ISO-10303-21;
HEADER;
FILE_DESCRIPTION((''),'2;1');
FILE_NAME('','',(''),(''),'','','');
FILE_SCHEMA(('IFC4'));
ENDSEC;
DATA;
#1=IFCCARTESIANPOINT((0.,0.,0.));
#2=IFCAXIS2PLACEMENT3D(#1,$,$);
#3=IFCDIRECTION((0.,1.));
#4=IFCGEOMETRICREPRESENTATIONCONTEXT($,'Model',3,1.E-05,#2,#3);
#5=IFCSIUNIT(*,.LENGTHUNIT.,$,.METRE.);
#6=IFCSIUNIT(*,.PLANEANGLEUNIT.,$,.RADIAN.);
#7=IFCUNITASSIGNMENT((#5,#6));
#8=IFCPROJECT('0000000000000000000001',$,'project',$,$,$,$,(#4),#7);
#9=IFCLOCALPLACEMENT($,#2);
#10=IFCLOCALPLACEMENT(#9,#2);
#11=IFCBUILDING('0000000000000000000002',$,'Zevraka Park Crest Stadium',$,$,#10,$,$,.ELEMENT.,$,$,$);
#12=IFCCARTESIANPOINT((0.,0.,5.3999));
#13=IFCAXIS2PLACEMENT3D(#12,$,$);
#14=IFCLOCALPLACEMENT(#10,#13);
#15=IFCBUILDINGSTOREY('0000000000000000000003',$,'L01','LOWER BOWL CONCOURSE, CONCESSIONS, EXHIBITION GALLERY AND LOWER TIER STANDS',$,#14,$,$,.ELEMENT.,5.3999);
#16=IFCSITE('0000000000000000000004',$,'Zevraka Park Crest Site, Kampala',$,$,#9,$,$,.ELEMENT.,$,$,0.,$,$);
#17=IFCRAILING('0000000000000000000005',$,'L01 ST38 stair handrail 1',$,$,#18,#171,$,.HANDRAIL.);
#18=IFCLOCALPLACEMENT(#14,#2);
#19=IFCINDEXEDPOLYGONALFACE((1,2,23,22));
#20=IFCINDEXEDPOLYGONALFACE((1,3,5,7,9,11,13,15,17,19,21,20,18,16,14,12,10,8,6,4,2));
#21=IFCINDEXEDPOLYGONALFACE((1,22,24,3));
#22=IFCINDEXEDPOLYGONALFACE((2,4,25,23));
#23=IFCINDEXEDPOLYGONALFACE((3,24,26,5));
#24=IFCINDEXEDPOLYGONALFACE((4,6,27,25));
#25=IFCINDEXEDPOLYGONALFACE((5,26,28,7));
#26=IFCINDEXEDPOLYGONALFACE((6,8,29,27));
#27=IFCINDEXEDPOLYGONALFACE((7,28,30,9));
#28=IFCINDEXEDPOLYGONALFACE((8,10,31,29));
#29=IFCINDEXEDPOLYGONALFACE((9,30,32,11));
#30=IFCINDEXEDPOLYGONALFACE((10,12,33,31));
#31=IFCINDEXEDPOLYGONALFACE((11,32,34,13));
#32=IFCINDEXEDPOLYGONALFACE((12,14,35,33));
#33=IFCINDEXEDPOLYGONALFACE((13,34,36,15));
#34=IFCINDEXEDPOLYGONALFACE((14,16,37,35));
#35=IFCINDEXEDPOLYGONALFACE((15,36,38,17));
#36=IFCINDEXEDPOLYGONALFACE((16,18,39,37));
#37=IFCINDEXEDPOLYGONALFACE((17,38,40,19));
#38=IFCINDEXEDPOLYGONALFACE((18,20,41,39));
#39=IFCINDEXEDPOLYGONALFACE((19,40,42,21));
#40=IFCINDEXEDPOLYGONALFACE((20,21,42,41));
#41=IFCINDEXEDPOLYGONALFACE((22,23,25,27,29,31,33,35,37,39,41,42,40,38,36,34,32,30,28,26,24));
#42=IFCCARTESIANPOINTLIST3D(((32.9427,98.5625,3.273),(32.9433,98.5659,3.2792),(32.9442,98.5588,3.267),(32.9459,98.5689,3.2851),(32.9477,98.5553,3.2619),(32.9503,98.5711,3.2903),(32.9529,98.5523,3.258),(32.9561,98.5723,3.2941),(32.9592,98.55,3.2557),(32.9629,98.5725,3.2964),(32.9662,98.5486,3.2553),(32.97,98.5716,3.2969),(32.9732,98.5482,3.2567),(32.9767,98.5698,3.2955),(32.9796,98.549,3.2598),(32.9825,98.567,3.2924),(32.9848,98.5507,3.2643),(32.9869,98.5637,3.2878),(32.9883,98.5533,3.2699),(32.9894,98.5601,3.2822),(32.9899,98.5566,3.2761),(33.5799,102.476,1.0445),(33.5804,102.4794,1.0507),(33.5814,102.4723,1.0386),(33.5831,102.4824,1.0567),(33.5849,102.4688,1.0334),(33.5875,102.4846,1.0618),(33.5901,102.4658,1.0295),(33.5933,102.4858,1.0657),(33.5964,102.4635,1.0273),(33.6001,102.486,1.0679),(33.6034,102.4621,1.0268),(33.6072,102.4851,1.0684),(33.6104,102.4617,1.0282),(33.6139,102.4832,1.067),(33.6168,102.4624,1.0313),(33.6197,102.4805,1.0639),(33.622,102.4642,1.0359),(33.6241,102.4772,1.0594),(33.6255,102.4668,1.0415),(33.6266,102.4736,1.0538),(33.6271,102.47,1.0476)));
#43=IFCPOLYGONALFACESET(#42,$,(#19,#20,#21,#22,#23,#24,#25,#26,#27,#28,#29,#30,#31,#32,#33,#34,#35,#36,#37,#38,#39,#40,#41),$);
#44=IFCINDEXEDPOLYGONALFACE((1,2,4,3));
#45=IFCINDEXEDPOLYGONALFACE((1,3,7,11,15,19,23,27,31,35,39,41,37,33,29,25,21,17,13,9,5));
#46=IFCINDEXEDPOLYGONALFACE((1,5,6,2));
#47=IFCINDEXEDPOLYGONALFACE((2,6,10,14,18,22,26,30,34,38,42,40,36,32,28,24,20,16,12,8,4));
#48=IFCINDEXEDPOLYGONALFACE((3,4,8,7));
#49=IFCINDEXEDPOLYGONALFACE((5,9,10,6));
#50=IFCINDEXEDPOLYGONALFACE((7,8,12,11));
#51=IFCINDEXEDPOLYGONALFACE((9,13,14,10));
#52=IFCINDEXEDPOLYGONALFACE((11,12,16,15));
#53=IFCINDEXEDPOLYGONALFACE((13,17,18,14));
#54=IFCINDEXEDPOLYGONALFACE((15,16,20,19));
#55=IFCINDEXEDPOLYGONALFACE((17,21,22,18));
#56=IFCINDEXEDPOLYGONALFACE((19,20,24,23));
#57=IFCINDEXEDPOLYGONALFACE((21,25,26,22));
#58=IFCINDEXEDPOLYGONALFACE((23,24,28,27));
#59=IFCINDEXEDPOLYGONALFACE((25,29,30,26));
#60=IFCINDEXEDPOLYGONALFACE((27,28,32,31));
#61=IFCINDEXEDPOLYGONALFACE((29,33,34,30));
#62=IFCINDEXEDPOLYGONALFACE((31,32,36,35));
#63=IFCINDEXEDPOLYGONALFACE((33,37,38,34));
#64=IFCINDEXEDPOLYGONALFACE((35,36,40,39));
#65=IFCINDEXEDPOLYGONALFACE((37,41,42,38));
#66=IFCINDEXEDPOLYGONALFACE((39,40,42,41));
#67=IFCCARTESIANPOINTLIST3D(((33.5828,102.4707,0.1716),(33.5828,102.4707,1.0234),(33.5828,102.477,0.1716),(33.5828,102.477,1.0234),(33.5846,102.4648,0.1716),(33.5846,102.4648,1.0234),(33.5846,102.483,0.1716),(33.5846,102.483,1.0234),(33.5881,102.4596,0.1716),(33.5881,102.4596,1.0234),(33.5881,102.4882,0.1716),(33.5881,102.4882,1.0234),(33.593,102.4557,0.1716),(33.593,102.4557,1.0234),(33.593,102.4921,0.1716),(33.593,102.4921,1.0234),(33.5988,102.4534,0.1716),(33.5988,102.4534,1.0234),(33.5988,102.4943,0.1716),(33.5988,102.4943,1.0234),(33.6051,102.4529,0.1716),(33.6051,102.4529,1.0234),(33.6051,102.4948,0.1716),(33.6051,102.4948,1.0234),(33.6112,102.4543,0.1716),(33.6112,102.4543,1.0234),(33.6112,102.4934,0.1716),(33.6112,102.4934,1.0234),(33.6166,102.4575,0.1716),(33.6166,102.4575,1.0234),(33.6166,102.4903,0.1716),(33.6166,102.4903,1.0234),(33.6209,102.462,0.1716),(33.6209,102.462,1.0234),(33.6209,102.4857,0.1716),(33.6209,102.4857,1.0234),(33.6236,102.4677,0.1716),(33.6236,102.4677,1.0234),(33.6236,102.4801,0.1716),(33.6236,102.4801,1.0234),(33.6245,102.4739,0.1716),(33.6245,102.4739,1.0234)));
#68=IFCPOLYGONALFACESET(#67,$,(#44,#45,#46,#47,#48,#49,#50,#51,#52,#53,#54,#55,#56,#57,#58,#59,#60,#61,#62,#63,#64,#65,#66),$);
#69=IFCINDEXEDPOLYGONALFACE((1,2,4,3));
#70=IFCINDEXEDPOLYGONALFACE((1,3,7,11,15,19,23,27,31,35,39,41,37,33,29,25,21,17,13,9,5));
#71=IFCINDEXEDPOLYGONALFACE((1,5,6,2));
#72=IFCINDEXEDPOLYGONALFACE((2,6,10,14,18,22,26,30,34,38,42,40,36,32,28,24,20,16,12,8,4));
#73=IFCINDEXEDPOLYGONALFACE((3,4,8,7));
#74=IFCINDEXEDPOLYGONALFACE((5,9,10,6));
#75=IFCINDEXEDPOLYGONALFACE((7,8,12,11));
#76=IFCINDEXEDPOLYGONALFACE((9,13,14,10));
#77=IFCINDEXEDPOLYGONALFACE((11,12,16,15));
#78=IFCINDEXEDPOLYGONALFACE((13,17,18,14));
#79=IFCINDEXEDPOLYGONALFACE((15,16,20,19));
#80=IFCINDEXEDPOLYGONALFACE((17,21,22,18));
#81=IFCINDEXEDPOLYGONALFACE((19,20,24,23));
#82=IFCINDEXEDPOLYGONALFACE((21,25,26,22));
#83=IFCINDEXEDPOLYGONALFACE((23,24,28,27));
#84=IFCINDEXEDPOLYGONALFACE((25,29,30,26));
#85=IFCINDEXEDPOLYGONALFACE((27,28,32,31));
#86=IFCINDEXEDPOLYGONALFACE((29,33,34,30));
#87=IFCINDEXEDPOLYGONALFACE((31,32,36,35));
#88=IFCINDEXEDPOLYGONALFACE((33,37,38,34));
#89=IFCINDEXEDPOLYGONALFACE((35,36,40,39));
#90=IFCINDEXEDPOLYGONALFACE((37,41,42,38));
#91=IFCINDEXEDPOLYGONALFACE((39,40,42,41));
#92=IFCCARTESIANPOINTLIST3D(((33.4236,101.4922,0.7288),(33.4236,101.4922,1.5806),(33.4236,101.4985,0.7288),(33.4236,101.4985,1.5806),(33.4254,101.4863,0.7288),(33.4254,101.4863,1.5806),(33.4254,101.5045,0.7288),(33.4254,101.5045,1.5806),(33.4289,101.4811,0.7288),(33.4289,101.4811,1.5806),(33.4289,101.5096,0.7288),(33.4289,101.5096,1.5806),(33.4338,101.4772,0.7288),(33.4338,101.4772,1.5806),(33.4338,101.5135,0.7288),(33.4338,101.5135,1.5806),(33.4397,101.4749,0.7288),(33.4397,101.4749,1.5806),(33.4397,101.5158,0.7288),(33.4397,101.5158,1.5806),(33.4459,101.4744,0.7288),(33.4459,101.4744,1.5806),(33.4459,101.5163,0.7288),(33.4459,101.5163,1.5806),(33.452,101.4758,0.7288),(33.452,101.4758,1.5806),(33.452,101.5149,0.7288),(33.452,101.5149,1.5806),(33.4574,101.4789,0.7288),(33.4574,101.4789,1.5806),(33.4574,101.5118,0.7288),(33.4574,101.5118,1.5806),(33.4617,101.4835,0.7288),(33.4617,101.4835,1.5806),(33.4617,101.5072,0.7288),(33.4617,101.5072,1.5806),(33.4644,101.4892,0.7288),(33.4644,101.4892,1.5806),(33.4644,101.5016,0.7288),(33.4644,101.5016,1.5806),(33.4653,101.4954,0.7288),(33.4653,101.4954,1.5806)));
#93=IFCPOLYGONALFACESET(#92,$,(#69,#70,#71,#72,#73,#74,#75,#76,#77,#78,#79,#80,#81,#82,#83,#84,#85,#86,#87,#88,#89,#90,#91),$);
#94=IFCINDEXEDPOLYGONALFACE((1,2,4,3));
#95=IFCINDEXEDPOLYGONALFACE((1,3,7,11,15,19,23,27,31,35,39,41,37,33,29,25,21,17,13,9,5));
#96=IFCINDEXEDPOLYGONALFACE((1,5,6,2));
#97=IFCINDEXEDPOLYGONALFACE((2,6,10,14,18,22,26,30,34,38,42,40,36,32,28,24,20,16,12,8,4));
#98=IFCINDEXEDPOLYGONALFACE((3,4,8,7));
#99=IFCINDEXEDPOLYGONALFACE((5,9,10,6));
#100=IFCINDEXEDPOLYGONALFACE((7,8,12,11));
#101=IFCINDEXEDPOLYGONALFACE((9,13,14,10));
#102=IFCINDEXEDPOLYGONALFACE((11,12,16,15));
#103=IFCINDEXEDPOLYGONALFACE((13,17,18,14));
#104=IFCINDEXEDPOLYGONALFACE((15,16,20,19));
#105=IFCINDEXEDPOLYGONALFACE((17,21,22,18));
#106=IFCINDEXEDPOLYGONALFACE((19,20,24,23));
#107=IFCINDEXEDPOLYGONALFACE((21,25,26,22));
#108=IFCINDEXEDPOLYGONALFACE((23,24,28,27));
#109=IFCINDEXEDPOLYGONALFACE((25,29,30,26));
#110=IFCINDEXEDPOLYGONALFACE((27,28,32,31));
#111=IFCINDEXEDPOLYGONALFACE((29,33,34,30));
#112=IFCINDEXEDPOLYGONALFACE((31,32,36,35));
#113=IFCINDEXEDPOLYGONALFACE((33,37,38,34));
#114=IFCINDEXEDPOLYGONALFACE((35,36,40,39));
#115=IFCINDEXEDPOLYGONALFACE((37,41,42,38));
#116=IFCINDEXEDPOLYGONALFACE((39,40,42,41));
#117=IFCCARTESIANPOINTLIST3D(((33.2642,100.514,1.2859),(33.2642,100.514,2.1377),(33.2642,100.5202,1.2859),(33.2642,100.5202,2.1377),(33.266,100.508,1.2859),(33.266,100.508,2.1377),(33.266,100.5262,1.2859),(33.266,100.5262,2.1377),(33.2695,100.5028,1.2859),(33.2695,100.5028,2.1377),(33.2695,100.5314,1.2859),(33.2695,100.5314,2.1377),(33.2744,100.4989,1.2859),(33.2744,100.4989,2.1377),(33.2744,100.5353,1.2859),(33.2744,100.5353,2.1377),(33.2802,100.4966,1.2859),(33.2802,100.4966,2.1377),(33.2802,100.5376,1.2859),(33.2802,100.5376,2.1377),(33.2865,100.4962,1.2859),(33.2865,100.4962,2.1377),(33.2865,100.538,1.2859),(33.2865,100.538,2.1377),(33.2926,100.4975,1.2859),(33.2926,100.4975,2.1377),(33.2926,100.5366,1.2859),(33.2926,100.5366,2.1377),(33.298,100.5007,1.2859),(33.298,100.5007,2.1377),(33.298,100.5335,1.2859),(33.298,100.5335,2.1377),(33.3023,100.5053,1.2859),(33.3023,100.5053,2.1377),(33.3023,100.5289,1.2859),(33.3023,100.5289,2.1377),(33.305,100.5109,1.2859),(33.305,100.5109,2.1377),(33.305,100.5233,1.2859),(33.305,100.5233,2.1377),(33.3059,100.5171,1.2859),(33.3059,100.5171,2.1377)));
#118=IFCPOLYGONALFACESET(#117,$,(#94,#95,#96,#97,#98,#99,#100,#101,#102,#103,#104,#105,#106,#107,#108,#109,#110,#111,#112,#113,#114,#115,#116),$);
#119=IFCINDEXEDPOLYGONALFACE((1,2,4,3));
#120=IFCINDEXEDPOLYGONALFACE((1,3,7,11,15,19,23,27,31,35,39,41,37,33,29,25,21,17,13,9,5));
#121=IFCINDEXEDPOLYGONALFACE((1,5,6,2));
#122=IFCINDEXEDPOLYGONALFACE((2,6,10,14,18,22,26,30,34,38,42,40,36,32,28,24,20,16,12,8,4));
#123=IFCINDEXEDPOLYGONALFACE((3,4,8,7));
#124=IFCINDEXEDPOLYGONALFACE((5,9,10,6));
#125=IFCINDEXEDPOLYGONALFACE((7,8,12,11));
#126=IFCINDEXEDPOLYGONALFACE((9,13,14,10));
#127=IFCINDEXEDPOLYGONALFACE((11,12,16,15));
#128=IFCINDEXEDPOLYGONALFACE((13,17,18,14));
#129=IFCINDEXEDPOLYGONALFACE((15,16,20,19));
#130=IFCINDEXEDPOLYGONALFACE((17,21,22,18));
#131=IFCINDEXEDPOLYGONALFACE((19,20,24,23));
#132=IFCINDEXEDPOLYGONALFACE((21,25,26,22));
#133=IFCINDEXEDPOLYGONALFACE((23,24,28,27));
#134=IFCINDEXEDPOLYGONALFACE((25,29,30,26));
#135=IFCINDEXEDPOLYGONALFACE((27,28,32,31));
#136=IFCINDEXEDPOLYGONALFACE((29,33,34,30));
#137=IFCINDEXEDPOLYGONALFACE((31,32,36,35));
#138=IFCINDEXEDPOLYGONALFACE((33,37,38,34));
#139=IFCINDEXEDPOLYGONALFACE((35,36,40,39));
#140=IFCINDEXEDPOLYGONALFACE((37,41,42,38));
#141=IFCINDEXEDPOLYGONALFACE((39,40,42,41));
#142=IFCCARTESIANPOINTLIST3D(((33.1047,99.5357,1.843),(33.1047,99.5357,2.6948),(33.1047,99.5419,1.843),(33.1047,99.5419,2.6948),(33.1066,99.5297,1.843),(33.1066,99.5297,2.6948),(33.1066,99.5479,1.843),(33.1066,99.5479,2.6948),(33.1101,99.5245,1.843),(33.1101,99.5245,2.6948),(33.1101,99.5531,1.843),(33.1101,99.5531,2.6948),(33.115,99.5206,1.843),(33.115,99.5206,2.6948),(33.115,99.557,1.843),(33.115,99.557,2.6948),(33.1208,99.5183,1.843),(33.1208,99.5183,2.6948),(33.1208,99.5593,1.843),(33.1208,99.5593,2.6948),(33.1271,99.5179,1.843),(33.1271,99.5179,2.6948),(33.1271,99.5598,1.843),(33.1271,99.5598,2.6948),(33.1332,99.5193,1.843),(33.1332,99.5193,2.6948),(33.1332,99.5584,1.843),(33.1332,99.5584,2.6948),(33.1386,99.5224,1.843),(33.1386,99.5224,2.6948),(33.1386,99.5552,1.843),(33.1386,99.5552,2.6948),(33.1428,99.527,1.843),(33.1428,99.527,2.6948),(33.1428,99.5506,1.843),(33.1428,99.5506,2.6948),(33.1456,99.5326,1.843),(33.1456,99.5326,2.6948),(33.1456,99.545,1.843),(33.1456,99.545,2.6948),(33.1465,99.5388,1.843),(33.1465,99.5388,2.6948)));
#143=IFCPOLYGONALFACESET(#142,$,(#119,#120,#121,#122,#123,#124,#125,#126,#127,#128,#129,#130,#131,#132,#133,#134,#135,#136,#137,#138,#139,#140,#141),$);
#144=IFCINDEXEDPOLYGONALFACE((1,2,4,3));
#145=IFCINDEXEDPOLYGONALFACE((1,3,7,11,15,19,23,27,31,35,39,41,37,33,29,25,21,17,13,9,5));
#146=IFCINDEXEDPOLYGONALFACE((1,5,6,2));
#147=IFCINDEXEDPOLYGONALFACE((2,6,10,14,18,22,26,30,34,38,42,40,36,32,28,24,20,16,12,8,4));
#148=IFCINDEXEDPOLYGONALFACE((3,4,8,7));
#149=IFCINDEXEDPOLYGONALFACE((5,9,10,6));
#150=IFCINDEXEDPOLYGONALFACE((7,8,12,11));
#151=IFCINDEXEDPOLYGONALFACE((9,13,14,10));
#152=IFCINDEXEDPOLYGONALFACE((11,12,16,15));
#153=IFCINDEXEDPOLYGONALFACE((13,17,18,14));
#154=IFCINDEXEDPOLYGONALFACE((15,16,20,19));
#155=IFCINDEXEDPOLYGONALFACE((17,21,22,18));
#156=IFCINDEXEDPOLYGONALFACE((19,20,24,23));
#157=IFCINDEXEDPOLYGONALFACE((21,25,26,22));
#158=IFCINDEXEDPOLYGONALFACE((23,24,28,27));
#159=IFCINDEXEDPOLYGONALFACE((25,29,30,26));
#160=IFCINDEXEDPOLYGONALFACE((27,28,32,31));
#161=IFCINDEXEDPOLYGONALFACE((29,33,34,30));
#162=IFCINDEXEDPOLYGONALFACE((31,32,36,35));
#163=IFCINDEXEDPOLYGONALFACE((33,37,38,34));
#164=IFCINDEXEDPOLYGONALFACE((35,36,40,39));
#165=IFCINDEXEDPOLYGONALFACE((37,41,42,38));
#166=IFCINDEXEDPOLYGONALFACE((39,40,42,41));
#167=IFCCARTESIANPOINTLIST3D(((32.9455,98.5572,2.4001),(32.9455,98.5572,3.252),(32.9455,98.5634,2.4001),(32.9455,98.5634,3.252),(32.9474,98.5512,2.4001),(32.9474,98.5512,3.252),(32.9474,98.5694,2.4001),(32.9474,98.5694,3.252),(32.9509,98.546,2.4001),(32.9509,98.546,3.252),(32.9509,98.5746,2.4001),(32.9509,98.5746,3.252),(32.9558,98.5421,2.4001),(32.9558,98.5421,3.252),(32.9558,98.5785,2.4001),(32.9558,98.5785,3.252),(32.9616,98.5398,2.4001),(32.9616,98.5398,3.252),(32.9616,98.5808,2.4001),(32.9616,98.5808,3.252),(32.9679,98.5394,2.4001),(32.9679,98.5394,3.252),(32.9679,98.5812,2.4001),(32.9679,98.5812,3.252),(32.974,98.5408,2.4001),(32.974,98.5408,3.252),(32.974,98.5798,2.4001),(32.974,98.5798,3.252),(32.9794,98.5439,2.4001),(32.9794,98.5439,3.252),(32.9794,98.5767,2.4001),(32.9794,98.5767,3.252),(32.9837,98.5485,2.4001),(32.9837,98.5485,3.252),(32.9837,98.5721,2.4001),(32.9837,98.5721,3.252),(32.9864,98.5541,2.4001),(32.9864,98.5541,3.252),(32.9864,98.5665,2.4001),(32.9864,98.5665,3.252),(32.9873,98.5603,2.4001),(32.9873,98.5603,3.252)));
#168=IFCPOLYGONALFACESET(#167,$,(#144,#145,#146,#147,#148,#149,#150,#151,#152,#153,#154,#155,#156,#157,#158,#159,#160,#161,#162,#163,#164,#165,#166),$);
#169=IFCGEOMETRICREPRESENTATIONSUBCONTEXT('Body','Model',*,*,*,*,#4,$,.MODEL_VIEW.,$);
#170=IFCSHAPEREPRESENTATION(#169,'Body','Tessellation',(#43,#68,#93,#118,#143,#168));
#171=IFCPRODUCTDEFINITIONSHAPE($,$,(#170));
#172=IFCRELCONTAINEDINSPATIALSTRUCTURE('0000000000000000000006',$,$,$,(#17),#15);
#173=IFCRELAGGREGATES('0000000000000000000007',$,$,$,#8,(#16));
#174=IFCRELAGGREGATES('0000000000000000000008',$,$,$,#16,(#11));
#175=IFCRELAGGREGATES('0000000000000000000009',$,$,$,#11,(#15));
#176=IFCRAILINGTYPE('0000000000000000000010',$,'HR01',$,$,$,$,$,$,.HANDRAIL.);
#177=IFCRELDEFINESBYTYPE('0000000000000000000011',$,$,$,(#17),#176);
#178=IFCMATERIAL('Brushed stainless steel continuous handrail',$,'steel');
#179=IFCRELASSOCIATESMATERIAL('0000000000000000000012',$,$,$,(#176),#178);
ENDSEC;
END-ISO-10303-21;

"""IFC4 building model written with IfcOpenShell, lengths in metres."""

from ifc_helpers import new_model, si_unit, direction, frame, origin, origin_2d, place, context, subcontext, project, spatial, circle, extrude, material, type_object, element, save


model = new_model("IFC4")

# Units and contexts
model_context = context("Model", 3, precision=1e-05, world=origin(), true_north=direction((0.0, 1.0)))
body_context = subcontext(model_context, "Body", "Model", "MODEL_VIEW")
ifc_project = project(units=[si_unit("LENGTHUNIT", "METRE"), si_unit("PLANEANGLEUNIT", "RADIAN")], contexts=[model_context])

# Site, building, storey
site_placement = place(None, origin())
site = spatial("IfcSite", under=ifc_project, at=site_placement, Name="Zevraka Park Crest Site, Kampala", CompositionType="ELEMENT", RefElevation=0.0)
building_placement = place(site_placement, origin())
building = spatial("IfcBuilding", under=site, at=building_placement, Name="Zevraka Park Crest Stadium", CompositionType="ELEMENT")
storey_placement = place(building_placement, frame((0.0, 0.0, 5.3999)))
storey = spatial("IfcBuildingStorey", under=building, at=storey_placement, Name="L01", Description="LOWER BOWL CONCOURSE, CONCESSIONS, EXHIBITION GALLERY AND LOWER TIER STANDS", CompositionType="ELEMENT", Elevation=5.3999)

# Railing
ifc_material_1 = material(Name="Brushed stainless steel continuous handrail", Category="steel")
railing_type_1 = type_object("IfcRailingType", Name="HR01", PredefinedType="HANDRAIL", material=ifc_material_1)
railing_1_placement = place(storey_placement, frame((33.6035, 102.4739, 0.1716)))
element("IfcRailing", 1, at=railing_1_placement, inside=storey, type_object=railing_type_1, Name="L01 ST38 stair handrail 1", PredefinedType="HANDRAIL", context=body_context, shape_type="SweptSolid", body=[
    extrude(circle(Radius=0.0239, at=origin_2d()), frame((0.0, 0.0, 0.876), z_axis=(-0.140093, -0.86042, 0.489951), x_axis=(0.987003, -0.160704, 0.0)), (0.0, 0.0, 1.0), 4.5483),
    extrude(circle(Radius=0.021, at=origin_2d()), origin(), (0.0, 0.0, 1.0), 0.8518),
    extrude(circle(Radius=0.021, at=origin_2d()), frame((-0.1592, -0.9785, 0.5571)), (0.0, 0.0, 1.0), 0.8518),
    extrude(circle(Radius=0.021, at=origin_2d()), frame((-0.3186, -1.9568, 1.1143)), (0.0, 0.0, 1.0), 0.8518),
    extrude(circle(Radius=0.021, at=origin_2d()), frame((-0.478, -2.9351, 1.6714)), (0.0, 0.0, 1.0), 0.8518),
    extrude(circle(Radius=0.021, at=origin_2d()), frame((-0.6372, -3.9136, 2.2285)), (0.0, 0.0, 1.0), 0.8518),
])

save(model, "model.ifc")
